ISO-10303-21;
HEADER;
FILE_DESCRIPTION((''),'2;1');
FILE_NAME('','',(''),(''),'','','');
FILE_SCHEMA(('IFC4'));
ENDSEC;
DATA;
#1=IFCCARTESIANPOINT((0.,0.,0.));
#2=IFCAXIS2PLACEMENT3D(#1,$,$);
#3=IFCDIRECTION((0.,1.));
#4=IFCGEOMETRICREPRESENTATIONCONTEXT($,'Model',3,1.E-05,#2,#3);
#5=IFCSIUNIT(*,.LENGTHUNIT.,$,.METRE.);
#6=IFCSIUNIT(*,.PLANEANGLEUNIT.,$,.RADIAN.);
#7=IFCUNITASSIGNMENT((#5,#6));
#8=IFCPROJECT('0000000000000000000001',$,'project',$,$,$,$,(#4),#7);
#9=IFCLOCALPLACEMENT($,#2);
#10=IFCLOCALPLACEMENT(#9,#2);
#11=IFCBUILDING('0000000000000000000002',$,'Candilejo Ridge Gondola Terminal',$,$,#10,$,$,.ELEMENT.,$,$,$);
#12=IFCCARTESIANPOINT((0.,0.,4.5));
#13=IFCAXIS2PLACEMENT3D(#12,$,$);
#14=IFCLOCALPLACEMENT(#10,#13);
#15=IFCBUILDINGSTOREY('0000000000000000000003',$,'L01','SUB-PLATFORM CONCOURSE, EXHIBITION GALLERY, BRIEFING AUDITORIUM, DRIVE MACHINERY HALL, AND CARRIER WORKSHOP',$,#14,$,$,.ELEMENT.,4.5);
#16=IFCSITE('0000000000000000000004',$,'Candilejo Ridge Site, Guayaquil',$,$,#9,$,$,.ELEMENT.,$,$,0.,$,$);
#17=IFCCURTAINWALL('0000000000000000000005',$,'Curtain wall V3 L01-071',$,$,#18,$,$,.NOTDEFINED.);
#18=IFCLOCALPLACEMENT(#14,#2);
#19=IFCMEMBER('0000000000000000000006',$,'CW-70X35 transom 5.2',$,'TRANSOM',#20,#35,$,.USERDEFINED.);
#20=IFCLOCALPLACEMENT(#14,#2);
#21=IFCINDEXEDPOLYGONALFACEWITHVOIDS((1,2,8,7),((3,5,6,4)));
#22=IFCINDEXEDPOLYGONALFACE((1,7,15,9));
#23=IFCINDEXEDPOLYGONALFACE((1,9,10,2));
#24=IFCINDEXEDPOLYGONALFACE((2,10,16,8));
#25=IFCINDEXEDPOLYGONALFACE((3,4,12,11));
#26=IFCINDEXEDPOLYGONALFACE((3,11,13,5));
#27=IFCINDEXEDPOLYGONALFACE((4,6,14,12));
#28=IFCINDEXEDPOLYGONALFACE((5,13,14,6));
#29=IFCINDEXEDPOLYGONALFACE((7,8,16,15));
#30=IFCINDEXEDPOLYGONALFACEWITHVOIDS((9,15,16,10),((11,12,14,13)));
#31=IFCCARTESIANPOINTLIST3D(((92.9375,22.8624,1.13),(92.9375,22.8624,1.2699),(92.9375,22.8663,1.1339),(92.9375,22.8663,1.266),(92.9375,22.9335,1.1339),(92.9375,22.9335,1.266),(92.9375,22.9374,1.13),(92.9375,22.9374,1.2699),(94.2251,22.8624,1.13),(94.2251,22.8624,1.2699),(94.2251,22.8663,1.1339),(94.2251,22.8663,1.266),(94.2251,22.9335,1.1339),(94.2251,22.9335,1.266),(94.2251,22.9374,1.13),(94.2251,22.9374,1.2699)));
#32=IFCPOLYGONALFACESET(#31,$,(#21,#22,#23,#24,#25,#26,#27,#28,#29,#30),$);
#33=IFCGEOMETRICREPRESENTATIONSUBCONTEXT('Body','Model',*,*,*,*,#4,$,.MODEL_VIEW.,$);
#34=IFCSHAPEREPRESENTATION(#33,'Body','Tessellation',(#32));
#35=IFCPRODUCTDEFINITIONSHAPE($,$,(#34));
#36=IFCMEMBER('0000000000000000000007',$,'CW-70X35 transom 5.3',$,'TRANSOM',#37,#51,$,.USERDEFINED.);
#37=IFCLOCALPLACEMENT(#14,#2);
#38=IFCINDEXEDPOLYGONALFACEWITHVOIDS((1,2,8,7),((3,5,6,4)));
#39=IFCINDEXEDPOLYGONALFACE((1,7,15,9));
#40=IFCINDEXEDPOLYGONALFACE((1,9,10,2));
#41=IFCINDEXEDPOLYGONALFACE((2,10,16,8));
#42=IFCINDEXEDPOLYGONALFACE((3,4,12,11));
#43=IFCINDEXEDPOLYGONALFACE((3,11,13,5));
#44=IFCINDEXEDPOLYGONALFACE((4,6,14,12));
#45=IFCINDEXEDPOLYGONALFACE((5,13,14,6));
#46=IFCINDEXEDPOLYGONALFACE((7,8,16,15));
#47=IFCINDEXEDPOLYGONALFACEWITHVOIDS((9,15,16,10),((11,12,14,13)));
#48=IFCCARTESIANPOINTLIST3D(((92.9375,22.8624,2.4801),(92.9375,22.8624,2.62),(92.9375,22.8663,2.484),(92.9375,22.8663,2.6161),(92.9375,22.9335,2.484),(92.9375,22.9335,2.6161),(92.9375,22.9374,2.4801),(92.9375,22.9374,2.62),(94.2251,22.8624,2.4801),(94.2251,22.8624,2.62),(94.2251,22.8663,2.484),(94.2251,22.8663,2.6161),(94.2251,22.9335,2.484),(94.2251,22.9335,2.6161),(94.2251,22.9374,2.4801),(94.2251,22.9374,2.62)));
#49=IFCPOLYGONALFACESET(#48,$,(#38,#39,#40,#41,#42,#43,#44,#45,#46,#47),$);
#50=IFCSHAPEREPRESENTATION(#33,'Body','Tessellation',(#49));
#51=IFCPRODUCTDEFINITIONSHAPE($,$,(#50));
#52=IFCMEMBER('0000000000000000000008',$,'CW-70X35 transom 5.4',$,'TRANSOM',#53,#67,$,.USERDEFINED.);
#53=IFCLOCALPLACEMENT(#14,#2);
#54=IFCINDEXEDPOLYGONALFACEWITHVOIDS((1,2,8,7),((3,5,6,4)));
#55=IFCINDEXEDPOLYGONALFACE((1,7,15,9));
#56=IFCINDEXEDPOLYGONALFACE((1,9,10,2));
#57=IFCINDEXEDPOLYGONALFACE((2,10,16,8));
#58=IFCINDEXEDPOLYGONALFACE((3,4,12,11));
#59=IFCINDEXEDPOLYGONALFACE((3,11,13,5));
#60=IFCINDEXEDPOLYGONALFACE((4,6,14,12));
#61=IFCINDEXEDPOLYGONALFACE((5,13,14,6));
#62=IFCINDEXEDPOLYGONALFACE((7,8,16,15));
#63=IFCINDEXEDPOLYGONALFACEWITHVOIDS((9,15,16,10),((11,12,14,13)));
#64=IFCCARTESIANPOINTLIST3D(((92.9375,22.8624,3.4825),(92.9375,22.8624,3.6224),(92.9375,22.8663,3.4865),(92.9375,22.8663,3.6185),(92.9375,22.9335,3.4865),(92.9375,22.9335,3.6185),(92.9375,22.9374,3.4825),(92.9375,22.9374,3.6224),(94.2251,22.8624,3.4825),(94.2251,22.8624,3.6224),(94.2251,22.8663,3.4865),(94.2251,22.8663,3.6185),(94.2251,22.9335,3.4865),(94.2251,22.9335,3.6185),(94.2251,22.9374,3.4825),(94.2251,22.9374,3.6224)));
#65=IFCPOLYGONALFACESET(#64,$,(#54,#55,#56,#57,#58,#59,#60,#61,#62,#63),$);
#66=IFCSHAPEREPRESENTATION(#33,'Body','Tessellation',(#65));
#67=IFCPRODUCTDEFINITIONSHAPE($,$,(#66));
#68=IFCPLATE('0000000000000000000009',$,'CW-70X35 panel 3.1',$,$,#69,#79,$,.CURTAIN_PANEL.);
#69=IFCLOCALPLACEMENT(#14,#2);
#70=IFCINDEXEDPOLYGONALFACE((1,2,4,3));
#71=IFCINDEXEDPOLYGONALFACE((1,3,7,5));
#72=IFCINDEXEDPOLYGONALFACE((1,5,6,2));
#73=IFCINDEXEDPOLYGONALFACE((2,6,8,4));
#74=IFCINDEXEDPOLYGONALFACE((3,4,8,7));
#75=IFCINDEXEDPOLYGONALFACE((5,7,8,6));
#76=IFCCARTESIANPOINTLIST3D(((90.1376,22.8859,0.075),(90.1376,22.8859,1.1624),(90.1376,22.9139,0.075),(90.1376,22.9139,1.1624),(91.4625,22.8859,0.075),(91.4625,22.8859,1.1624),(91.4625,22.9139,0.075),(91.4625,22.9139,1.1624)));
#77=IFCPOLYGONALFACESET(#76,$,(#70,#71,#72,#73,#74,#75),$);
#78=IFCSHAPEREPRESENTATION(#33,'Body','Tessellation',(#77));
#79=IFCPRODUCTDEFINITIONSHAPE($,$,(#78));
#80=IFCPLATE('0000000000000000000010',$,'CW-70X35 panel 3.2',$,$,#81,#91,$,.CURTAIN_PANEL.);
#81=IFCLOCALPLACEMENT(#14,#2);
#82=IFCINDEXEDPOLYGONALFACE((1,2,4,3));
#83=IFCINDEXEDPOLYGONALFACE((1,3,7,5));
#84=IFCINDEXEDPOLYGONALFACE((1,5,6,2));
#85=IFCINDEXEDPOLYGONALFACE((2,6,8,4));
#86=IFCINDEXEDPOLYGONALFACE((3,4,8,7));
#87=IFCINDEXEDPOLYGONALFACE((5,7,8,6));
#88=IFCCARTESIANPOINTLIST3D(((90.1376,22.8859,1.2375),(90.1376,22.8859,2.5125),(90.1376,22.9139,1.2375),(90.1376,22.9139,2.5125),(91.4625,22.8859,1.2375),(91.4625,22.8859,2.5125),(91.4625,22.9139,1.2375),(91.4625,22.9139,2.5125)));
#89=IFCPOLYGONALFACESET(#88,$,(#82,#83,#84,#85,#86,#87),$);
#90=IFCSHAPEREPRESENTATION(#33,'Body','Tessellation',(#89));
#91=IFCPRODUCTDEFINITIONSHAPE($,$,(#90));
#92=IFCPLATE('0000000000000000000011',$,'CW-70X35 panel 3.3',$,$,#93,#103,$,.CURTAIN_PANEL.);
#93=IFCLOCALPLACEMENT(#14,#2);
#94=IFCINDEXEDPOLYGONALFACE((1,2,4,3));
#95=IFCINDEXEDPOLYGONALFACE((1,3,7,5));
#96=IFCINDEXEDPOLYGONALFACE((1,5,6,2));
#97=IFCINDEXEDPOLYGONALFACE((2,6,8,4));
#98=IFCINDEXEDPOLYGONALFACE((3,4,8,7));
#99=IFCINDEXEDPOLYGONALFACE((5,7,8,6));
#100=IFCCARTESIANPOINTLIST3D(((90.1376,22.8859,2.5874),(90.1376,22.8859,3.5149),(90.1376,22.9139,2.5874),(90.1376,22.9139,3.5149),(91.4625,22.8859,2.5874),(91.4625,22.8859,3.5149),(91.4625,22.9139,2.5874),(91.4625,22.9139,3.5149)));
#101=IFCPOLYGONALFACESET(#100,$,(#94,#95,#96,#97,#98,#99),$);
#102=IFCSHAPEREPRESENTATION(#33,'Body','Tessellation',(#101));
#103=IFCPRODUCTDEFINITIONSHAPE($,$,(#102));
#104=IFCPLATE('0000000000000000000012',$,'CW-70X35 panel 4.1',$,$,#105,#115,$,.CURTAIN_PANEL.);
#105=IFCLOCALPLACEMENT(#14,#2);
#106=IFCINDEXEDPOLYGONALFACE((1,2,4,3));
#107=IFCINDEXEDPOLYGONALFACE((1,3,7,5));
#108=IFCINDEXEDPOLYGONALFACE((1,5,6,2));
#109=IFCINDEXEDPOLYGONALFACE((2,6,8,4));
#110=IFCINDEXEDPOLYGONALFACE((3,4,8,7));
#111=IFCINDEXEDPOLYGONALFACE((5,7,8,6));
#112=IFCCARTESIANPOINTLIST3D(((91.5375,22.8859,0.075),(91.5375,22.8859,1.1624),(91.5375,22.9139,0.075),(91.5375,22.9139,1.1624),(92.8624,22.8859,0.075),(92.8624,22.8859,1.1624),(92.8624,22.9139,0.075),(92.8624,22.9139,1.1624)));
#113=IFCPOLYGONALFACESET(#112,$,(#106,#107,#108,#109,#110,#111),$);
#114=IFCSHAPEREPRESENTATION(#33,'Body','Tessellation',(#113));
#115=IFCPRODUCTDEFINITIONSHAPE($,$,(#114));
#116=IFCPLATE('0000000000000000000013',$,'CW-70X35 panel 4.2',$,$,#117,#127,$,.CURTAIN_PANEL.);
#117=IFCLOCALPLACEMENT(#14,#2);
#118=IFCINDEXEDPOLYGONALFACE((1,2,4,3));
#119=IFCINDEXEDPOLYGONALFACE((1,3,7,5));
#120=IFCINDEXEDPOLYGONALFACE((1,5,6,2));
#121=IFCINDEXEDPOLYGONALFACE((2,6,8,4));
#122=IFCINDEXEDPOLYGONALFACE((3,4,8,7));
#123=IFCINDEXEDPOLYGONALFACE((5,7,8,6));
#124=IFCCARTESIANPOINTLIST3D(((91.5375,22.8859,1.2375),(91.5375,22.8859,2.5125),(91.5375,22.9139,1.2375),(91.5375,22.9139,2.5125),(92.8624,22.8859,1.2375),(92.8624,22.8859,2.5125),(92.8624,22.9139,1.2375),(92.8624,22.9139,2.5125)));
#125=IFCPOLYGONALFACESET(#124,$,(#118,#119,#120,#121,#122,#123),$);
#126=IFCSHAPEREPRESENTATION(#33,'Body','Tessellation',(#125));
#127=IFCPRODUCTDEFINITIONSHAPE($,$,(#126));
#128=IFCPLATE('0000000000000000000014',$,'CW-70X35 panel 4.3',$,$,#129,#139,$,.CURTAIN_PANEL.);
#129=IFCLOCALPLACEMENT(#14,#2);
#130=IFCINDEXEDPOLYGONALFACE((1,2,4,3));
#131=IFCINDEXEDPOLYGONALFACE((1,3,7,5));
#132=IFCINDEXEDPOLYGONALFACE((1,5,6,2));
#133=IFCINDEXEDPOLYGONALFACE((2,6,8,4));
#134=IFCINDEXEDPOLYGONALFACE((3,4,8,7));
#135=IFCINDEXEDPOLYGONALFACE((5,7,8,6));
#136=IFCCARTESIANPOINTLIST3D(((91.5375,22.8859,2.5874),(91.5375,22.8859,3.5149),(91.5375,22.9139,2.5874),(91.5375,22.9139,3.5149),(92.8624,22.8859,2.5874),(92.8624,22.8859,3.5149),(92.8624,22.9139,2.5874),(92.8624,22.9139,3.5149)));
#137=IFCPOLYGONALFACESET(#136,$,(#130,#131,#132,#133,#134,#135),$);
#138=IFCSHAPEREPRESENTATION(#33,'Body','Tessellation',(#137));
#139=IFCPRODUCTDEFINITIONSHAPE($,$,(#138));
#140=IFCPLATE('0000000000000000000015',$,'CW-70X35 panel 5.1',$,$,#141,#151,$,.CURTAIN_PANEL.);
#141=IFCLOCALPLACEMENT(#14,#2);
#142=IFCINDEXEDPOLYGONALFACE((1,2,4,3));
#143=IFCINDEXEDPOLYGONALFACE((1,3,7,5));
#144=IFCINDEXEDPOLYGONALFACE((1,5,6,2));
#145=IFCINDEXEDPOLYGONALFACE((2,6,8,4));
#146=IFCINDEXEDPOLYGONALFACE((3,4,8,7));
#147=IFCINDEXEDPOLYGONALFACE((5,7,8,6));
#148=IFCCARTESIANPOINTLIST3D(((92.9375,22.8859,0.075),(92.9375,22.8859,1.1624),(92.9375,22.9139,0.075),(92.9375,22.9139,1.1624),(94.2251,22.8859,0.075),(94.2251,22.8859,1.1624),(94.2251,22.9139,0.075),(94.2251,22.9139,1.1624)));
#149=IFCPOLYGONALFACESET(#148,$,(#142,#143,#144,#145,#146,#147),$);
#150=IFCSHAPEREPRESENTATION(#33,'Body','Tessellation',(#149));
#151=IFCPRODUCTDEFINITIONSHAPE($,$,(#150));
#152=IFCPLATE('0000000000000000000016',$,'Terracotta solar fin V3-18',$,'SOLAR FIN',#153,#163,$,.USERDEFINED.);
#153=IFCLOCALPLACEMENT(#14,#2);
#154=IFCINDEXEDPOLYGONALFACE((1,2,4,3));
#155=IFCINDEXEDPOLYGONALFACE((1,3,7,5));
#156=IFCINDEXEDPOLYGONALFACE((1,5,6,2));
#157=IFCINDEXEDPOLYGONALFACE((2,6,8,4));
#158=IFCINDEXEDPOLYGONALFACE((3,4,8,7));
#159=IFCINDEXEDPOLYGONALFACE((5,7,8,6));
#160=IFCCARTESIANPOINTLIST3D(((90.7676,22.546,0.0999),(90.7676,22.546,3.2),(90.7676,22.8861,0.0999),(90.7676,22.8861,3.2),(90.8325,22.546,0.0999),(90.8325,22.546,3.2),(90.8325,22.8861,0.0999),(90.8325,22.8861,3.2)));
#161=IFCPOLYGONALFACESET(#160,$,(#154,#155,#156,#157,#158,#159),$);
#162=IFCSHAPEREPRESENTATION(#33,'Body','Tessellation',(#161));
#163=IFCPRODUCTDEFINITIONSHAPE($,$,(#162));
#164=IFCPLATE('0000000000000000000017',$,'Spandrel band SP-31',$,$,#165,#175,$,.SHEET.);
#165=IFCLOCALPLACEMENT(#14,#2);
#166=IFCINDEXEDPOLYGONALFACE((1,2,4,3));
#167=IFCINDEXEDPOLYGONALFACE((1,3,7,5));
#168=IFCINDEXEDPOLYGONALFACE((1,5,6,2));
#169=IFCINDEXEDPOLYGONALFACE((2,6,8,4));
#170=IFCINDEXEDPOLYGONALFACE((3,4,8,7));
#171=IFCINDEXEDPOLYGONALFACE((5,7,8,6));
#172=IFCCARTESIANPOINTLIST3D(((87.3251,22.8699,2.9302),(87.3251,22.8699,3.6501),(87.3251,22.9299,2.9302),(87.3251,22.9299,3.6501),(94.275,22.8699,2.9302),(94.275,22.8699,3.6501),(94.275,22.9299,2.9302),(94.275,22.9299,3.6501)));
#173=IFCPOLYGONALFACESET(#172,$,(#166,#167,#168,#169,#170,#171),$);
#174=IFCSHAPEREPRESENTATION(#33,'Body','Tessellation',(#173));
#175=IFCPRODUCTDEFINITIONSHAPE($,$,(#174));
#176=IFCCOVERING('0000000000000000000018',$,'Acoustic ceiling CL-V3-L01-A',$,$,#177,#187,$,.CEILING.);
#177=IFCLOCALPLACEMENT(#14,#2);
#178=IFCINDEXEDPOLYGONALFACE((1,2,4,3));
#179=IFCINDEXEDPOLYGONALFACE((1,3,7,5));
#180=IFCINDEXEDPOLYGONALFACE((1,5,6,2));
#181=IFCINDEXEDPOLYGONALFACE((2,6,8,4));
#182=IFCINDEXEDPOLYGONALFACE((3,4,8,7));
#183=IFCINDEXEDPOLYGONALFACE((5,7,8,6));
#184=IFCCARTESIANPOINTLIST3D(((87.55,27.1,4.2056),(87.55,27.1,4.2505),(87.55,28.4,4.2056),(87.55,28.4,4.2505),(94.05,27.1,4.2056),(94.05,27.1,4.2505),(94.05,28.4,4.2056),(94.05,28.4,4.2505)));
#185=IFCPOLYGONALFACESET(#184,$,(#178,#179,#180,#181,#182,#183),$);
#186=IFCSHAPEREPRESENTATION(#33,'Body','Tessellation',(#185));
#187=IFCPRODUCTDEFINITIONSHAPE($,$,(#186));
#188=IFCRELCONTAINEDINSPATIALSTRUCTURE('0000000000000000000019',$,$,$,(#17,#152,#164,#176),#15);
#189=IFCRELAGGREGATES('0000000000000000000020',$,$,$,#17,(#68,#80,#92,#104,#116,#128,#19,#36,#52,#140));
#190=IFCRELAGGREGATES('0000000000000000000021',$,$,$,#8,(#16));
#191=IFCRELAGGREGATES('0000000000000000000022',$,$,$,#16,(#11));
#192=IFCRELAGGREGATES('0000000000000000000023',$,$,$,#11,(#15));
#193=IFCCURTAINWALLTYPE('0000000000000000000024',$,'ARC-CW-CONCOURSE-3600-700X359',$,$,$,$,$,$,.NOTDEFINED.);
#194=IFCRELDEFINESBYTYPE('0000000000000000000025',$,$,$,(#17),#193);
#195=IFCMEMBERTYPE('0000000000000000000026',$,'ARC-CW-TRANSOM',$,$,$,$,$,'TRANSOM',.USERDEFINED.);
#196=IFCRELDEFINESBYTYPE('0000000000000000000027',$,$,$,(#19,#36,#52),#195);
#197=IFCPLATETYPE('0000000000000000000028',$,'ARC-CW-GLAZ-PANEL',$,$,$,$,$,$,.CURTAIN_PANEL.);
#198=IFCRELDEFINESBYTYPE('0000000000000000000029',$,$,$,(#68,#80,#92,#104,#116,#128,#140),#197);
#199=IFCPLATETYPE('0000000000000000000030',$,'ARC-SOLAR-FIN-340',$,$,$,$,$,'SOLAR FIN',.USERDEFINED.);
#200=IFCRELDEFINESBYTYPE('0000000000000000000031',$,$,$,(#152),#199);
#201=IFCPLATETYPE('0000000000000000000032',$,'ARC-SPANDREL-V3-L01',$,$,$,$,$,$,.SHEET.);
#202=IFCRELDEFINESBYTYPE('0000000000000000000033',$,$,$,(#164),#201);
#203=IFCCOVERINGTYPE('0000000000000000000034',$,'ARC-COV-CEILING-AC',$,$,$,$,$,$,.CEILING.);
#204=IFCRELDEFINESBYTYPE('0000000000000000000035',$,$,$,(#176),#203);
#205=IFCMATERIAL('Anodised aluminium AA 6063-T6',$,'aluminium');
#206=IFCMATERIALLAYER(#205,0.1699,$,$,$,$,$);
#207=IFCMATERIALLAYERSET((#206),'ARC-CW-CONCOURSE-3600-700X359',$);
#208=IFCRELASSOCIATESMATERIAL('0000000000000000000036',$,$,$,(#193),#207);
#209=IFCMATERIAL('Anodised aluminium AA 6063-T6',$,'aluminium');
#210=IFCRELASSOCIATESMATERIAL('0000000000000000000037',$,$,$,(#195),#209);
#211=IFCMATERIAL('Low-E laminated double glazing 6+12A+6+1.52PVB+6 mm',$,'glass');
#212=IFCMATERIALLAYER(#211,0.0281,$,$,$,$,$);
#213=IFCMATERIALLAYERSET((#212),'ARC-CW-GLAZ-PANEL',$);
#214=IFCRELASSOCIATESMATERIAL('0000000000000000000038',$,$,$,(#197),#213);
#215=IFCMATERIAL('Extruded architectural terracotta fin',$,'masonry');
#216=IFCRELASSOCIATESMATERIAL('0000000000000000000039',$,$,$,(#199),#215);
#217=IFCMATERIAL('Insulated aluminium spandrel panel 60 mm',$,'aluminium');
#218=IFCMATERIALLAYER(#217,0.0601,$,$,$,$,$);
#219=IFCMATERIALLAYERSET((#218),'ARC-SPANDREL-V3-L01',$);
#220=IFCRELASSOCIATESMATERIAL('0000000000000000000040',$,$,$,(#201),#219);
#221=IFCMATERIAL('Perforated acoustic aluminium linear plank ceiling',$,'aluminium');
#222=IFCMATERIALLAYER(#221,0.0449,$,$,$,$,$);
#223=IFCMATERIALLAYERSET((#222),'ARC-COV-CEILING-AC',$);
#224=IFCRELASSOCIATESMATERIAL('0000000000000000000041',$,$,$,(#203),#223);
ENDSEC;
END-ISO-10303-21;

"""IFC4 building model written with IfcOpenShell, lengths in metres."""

from ifc_helpers import new_model, si_unit, direction, frame, origin, origin_2d, place, context, subcontext, project, spatial, rectangle, hollow_rectangle, extrude, material, layer, layer_set, material_profile, profile_set, type_object, element, aggregate, save


model = new_model("IFC4")

# Units and contexts
model_context = context("Model", 3, precision=1e-05, world=origin(), true_north=direction((0.0, 1.0)))
body_context = subcontext(model_context, "Body", "Model", "MODEL_VIEW")
ifc_project = project(units=[si_unit("LENGTHUNIT", "METRE"), si_unit("PLANEANGLEUNIT", "RADIAN")], contexts=[model_context])

# Site, building, storey
site_placement = place(None, origin())
site = spatial("IfcSite", under=ifc_project, at=site_placement, Name="Candilejo Ridge Site, Guayaquil", CompositionType="ELEMENT", RefElevation=0.0)
building_placement = place(site_placement, origin())
building = spatial("IfcBuilding", under=site, at=building_placement, Name="Candilejo Ridge Gondola Terminal", CompositionType="ELEMENT")
storey_placement = place(building_placement, frame((0.0, 0.0, 4.5)))
storey = spatial("IfcBuildingStorey", under=building, at=storey_placement, Name="L01", Description="SUB-PLATFORM CONCOURSE, EXHIBITION GALLERY, BRIEFING AUDITORIUM, DRIVE MACHINERY HALL, AND CARRIER WORKSHOP", CompositionType="ELEMENT", Elevation=4.5)

# Curtain wall, members, plates
ifc_material_1 = material(Name="Anodised aluminium AA 6063-T6", Category="aluminium")
ifc_layer_1 = layer(ifc_material_1, 0.1699)
ifc_layer_set_1 = layer_set([ifc_layer_1], Name="ARC-CW-CONCOURSE-3600-700X359")
curtain_wall_type = type_object("IfcCurtainWallType", Name="ARC-CW-CONCOURSE-3600-700X359", PredefinedType="NOTDEFINED", material=ifc_layer_set_1)
curtain_wall_placement = place(storey_placement, origin())
curtain_wall = element("IfcCurtainWall", 1, at=curtain_wall_placement, inside=storey, type_object=curtain_wall_type, Name="Curtain wall V3 L01-071", PredefinedType="NOTDEFINED")
ifc_material_2 = material(Name="Anodised aluminium AA 6063-T6", Category="aluminium")
ifc_material_profile_1 = material_profile(ifc_material_2, hollow_rectangle(XDim=0.075, YDim=0.1399, WallThickness=0.0039, at=origin_2d()))
ifc_profile_set_1 = profile_set([ifc_material_profile_1], Name="Anodised aluminium AA 6063-T6")
member_type_1 = type_object("IfcMemberType", Name="ARC-CW-TRANSOM", ElementType="TRANSOM", PredefinedType="USERDEFINED", material=ifc_profile_set_1)
member_1_placement = place(storey_placement, frame((92.9375, 22.8999, 1.2), z_axis=(1.0, 0.0, 0.0), x_axis=(0.0, 1.0, 0.0)))
member_1 = element("IfcMember", 2, at=member_1_placement, type_object=member_type_1, Name="CW-70X35 transom 5.2", ObjectType="TRANSOM", PredefinedType="USERDEFINED", context=body_context, shape_type="SweptSolid", body=[
    extrude(hollow_rectangle(XDim=0.075, YDim=0.1399, WallThickness=0.0039, at=origin_2d()), origin(), (0.0, 0.0, 1.0), 1.2876),
])
member_2_placement = place(storey_placement, frame((92.9375, 22.8999, 2.55), z_axis=(1.0, 0.0, 0.0), x_axis=(0.0, 1.0, 0.0)))
member_2 = element("IfcMember", 3, at=member_2_placement, type_object=member_type_1, Name="CW-70X35 transom 5.3", ObjectType="TRANSOM", PredefinedType="USERDEFINED", context=body_context, shape_type="SweptSolid", body=[
    extrude(hollow_rectangle(XDim=0.075, YDim=0.1399, WallThickness=0.0039, at=origin_2d()), origin(), (0.0, 0.0, 1.0), 1.2876),
])
member_3_placement = place(storey_placement, frame((92.9375, 22.8999, 3.5525), z_axis=(1.0, 0.0, 0.0), x_axis=(0.0, 1.0, 0.0)))
member_3 = element("IfcMember", 4, at=member_3_placement, type_object=member_type_1, Name="CW-70X35 transom 5.4", ObjectType="TRANSOM", PredefinedType="USERDEFINED", context=body_context, shape_type="SweptSolid", body=[
    extrude(hollow_rectangle(XDim=0.075, YDim=0.1399, WallThickness=0.0039, at=origin_2d()), origin(), (0.0, 0.0, 1.0), 1.2876),
])
ifc_material_3 = material(Name="Low-E laminated double glazing 6+12A+6+1.52PVB+6 mm", Category="glass")
ifc_layer_2 = layer(ifc_material_3, 0.0281)
ifc_layer_set_2 = layer_set([ifc_layer_2], Name="ARC-CW-GLAZ-PANEL")
plate_type_1 = type_object("IfcPlateType", Name="ARC-CW-GLAZ-PANEL", PredefinedType="CURTAIN_PANEL", material=ifc_layer_set_2)
plate_1_placement = place(storey_placement, frame((90.8, 22.8999, 0.075), z_axis=(0.0, 0.0, 1.0), x_axis=(1.0, 0.0, 0.0)))
plate_1 = element("IfcPlate", 5, at=plate_1_placement, type_object=plate_type_1, Name="CW-70X35 panel 3.1", PredefinedType="CURTAIN_PANEL", context=body_context, shape_type="SweptSolid", body=[
    extrude(rectangle(XDim=1.325, YDim=0.0281, at=origin_2d()), origin(), (0.0, 0.0, 1.0), 1.0874),
])
plate_2_placement = place(storey_placement, frame((90.8, 22.8999, 1.2375), z_axis=(0.0, 0.0, 1.0), x_axis=(1.0, 0.0, 0.0)))
plate_2 = element("IfcPlate", 6, at=plate_2_placement, type_object=plate_type_1, Name="CW-70X35 panel 3.2", PredefinedType="CURTAIN_PANEL", context=body_context, shape_type="SweptSolid", body=[
    extrude(rectangle(XDim=1.325, YDim=0.0281, at=origin_2d()), origin(), (0.0, 0.0, 1.0), 1.2749),
])
plate_3_placement = place(storey_placement, frame((90.8, 22.8999, 2.5874), z_axis=(0.0, 0.0, 1.0), x_axis=(1.0, 0.0, 0.0)))
plate_3 = element("IfcPlate", 7, at=plate_3_placement, type_object=plate_type_1, Name="CW-70X35 panel 3.3", PredefinedType="CURTAIN_PANEL", context=body_context, shape_type="SweptSolid", body=[
    extrude(rectangle(XDim=1.325, YDim=0.0281, at=origin_2d()), origin(), (0.0, 0.0, 1.0), 0.9275),
])
plate_4_placement = place(storey_placement, frame((92.2, 22.8999, 0.075), z_axis=(0.0, 0.0, 1.0), x_axis=(1.0, 0.0, 0.0)))
plate_4 = element("IfcPlate", 8, at=plate_4_placement, type_object=plate_type_1, Name="CW-70X35 panel 4.1", PredefinedType="CURTAIN_PANEL", context=body_context, shape_type="SweptSolid", body=[
    extrude(rectangle(XDim=1.325, YDim=0.0281, at=origin_2d()), origin(), (0.0, 0.0, 1.0), 1.0874),
])
plate_5_placement = place(storey_placement, frame((92.2, 22.8999, 1.2375), z_axis=(0.0, 0.0, 1.0), x_axis=(1.0, 0.0, 0.0)))
plate_5 = element("IfcPlate", 9, at=plate_5_placement, type_object=plate_type_1, Name="CW-70X35 panel 4.2", PredefinedType="CURTAIN_PANEL", context=body_context, shape_type="SweptSolid", body=[
    extrude(rectangle(XDim=1.325, YDim=0.0281, at=origin_2d()), origin(), (0.0, 0.0, 1.0), 1.2749),
])
plate_6_placement = place(storey_placement, frame((92.2, 22.8999, 2.5874), z_axis=(0.0, 0.0, 1.0), x_axis=(1.0, 0.0, 0.0)))
plate_6 = element("IfcPlate", 10, at=plate_6_placement, type_object=plate_type_1, Name="CW-70X35 panel 4.3", PredefinedType="CURTAIN_PANEL", context=body_context, shape_type="SweptSolid", body=[
    extrude(rectangle(XDim=1.325, YDim=0.0281, at=origin_2d()), origin(), (0.0, 0.0, 1.0), 0.9275),
])
plate_7_placement = place(storey_placement, frame((93.5813, 22.8999, 0.075), z_axis=(0.0, 0.0, 1.0), x_axis=(1.0, 0.0, 0.0)))
plate_7 = element("IfcPlate", 11, at=plate_7_placement, type_object=plate_type_1, Name="CW-70X35 panel 5.1", PredefinedType="CURTAIN_PANEL", context=body_context, shape_type="SweptSolid", body=[
    extrude(rectangle(XDim=1.2876, YDim=0.0281, at=origin_2d()), origin(), (0.0, 0.0, 1.0), 1.0874),
])
aggregate(curtain_wall, [plate_1, plate_2, plate_3, plate_4, plate_5, plate_6, member_1, member_2, member_3, plate_7])

# Plates
ifc_material_4 = material(Name="Extruded architectural terracotta fin", Category="masonry")
plate_type_2 = type_object("IfcPlateType", Name="ARC-SOLAR-FIN-340", ElementType="SOLAR FIN", PredefinedType="USERDEFINED", material=ifc_material_4)
plate_8_placement = place(storey_placement, frame((90.8, 22.7161, 0.0999), z_axis=(0.0, 0.0, 1.0), x_axis=(1.0, 0.0, 0.0)))
element("IfcPlate", 12, at=plate_8_placement, inside=storey, type_object=plate_type_2, Name="Terracotta solar fin V3-18", ObjectType="SOLAR FIN", PredefinedType="USERDEFINED", context=body_context, shape_type="SweptSolid", body=[
    extrude(rectangle(XDim=0.0649, YDim=0.3401, at=origin_2d()), origin(), (0.0, 0.0, 1.0), 3.1001),
])
ifc_material_5 = material(Name="Insulated aluminium spandrel panel 60 mm", Category="aluminium")
ifc_layer_3 = layer(ifc_material_5, 0.0601)
ifc_layer_set_3 = layer_set([ifc_layer_3], Name="ARC-SPANDREL-V3-L01")
plate_type_3 = type_object("IfcPlateType", Name="ARC-SPANDREL-V3-L01", PredefinedType="SHEET", material=ifc_layer_set_3)
plate_9_placement = place(storey_placement, frame((90.8, 22.8999, 2.9302), z_axis=(0.0, 0.0, 1.0), x_axis=(1.0, 0.0, 0.0)))
element("IfcPlate", 13, at=plate_9_placement, inside=storey, type_object=plate_type_3, Name="Spandrel band SP-31", PredefinedType="SHEET", context=body_context, shape_type="SweptSolid", body=[
    extrude(rectangle(XDim=6.95, YDim=0.0601, at=origin_2d()), origin(), (0.0, 0.0, 1.0), 0.72),
])

# Covering
ifc_material_6 = material(Name="Perforated acoustic aluminium linear plank ceiling", Category="aluminium")
ifc_layer_4 = layer(ifc_material_6, 0.0449)
ifc_layer_set_4 = layer_set([ifc_layer_4], Name="ARC-COV-CEILING-AC")
covering_type = type_object("IfcCoveringType", Name="ARC-COV-CEILING-AC", PredefinedType="CEILING", material=ifc_layer_set_4)
covering_placement = place(storey_placement, frame((90.8, 27.75, 4.2056), z_axis=(0.0, 0.0, 1.0), x_axis=(1.0, 0.0, 0.0)))
element("IfcCovering", 14, at=covering_placement, inside=storey, type_object=covering_type, Name="Acoustic ceiling CL-V3-L01-A", PredefinedType="CEILING", context=body_context, shape_type="SweptSolid", body=[
    extrude(rectangle(XDim=6.5, YDim=1.3, at=origin_2d()), origin(), (0.0, 0.0, 1.0), 0.0449),
])

save(model, "model.ifc")
